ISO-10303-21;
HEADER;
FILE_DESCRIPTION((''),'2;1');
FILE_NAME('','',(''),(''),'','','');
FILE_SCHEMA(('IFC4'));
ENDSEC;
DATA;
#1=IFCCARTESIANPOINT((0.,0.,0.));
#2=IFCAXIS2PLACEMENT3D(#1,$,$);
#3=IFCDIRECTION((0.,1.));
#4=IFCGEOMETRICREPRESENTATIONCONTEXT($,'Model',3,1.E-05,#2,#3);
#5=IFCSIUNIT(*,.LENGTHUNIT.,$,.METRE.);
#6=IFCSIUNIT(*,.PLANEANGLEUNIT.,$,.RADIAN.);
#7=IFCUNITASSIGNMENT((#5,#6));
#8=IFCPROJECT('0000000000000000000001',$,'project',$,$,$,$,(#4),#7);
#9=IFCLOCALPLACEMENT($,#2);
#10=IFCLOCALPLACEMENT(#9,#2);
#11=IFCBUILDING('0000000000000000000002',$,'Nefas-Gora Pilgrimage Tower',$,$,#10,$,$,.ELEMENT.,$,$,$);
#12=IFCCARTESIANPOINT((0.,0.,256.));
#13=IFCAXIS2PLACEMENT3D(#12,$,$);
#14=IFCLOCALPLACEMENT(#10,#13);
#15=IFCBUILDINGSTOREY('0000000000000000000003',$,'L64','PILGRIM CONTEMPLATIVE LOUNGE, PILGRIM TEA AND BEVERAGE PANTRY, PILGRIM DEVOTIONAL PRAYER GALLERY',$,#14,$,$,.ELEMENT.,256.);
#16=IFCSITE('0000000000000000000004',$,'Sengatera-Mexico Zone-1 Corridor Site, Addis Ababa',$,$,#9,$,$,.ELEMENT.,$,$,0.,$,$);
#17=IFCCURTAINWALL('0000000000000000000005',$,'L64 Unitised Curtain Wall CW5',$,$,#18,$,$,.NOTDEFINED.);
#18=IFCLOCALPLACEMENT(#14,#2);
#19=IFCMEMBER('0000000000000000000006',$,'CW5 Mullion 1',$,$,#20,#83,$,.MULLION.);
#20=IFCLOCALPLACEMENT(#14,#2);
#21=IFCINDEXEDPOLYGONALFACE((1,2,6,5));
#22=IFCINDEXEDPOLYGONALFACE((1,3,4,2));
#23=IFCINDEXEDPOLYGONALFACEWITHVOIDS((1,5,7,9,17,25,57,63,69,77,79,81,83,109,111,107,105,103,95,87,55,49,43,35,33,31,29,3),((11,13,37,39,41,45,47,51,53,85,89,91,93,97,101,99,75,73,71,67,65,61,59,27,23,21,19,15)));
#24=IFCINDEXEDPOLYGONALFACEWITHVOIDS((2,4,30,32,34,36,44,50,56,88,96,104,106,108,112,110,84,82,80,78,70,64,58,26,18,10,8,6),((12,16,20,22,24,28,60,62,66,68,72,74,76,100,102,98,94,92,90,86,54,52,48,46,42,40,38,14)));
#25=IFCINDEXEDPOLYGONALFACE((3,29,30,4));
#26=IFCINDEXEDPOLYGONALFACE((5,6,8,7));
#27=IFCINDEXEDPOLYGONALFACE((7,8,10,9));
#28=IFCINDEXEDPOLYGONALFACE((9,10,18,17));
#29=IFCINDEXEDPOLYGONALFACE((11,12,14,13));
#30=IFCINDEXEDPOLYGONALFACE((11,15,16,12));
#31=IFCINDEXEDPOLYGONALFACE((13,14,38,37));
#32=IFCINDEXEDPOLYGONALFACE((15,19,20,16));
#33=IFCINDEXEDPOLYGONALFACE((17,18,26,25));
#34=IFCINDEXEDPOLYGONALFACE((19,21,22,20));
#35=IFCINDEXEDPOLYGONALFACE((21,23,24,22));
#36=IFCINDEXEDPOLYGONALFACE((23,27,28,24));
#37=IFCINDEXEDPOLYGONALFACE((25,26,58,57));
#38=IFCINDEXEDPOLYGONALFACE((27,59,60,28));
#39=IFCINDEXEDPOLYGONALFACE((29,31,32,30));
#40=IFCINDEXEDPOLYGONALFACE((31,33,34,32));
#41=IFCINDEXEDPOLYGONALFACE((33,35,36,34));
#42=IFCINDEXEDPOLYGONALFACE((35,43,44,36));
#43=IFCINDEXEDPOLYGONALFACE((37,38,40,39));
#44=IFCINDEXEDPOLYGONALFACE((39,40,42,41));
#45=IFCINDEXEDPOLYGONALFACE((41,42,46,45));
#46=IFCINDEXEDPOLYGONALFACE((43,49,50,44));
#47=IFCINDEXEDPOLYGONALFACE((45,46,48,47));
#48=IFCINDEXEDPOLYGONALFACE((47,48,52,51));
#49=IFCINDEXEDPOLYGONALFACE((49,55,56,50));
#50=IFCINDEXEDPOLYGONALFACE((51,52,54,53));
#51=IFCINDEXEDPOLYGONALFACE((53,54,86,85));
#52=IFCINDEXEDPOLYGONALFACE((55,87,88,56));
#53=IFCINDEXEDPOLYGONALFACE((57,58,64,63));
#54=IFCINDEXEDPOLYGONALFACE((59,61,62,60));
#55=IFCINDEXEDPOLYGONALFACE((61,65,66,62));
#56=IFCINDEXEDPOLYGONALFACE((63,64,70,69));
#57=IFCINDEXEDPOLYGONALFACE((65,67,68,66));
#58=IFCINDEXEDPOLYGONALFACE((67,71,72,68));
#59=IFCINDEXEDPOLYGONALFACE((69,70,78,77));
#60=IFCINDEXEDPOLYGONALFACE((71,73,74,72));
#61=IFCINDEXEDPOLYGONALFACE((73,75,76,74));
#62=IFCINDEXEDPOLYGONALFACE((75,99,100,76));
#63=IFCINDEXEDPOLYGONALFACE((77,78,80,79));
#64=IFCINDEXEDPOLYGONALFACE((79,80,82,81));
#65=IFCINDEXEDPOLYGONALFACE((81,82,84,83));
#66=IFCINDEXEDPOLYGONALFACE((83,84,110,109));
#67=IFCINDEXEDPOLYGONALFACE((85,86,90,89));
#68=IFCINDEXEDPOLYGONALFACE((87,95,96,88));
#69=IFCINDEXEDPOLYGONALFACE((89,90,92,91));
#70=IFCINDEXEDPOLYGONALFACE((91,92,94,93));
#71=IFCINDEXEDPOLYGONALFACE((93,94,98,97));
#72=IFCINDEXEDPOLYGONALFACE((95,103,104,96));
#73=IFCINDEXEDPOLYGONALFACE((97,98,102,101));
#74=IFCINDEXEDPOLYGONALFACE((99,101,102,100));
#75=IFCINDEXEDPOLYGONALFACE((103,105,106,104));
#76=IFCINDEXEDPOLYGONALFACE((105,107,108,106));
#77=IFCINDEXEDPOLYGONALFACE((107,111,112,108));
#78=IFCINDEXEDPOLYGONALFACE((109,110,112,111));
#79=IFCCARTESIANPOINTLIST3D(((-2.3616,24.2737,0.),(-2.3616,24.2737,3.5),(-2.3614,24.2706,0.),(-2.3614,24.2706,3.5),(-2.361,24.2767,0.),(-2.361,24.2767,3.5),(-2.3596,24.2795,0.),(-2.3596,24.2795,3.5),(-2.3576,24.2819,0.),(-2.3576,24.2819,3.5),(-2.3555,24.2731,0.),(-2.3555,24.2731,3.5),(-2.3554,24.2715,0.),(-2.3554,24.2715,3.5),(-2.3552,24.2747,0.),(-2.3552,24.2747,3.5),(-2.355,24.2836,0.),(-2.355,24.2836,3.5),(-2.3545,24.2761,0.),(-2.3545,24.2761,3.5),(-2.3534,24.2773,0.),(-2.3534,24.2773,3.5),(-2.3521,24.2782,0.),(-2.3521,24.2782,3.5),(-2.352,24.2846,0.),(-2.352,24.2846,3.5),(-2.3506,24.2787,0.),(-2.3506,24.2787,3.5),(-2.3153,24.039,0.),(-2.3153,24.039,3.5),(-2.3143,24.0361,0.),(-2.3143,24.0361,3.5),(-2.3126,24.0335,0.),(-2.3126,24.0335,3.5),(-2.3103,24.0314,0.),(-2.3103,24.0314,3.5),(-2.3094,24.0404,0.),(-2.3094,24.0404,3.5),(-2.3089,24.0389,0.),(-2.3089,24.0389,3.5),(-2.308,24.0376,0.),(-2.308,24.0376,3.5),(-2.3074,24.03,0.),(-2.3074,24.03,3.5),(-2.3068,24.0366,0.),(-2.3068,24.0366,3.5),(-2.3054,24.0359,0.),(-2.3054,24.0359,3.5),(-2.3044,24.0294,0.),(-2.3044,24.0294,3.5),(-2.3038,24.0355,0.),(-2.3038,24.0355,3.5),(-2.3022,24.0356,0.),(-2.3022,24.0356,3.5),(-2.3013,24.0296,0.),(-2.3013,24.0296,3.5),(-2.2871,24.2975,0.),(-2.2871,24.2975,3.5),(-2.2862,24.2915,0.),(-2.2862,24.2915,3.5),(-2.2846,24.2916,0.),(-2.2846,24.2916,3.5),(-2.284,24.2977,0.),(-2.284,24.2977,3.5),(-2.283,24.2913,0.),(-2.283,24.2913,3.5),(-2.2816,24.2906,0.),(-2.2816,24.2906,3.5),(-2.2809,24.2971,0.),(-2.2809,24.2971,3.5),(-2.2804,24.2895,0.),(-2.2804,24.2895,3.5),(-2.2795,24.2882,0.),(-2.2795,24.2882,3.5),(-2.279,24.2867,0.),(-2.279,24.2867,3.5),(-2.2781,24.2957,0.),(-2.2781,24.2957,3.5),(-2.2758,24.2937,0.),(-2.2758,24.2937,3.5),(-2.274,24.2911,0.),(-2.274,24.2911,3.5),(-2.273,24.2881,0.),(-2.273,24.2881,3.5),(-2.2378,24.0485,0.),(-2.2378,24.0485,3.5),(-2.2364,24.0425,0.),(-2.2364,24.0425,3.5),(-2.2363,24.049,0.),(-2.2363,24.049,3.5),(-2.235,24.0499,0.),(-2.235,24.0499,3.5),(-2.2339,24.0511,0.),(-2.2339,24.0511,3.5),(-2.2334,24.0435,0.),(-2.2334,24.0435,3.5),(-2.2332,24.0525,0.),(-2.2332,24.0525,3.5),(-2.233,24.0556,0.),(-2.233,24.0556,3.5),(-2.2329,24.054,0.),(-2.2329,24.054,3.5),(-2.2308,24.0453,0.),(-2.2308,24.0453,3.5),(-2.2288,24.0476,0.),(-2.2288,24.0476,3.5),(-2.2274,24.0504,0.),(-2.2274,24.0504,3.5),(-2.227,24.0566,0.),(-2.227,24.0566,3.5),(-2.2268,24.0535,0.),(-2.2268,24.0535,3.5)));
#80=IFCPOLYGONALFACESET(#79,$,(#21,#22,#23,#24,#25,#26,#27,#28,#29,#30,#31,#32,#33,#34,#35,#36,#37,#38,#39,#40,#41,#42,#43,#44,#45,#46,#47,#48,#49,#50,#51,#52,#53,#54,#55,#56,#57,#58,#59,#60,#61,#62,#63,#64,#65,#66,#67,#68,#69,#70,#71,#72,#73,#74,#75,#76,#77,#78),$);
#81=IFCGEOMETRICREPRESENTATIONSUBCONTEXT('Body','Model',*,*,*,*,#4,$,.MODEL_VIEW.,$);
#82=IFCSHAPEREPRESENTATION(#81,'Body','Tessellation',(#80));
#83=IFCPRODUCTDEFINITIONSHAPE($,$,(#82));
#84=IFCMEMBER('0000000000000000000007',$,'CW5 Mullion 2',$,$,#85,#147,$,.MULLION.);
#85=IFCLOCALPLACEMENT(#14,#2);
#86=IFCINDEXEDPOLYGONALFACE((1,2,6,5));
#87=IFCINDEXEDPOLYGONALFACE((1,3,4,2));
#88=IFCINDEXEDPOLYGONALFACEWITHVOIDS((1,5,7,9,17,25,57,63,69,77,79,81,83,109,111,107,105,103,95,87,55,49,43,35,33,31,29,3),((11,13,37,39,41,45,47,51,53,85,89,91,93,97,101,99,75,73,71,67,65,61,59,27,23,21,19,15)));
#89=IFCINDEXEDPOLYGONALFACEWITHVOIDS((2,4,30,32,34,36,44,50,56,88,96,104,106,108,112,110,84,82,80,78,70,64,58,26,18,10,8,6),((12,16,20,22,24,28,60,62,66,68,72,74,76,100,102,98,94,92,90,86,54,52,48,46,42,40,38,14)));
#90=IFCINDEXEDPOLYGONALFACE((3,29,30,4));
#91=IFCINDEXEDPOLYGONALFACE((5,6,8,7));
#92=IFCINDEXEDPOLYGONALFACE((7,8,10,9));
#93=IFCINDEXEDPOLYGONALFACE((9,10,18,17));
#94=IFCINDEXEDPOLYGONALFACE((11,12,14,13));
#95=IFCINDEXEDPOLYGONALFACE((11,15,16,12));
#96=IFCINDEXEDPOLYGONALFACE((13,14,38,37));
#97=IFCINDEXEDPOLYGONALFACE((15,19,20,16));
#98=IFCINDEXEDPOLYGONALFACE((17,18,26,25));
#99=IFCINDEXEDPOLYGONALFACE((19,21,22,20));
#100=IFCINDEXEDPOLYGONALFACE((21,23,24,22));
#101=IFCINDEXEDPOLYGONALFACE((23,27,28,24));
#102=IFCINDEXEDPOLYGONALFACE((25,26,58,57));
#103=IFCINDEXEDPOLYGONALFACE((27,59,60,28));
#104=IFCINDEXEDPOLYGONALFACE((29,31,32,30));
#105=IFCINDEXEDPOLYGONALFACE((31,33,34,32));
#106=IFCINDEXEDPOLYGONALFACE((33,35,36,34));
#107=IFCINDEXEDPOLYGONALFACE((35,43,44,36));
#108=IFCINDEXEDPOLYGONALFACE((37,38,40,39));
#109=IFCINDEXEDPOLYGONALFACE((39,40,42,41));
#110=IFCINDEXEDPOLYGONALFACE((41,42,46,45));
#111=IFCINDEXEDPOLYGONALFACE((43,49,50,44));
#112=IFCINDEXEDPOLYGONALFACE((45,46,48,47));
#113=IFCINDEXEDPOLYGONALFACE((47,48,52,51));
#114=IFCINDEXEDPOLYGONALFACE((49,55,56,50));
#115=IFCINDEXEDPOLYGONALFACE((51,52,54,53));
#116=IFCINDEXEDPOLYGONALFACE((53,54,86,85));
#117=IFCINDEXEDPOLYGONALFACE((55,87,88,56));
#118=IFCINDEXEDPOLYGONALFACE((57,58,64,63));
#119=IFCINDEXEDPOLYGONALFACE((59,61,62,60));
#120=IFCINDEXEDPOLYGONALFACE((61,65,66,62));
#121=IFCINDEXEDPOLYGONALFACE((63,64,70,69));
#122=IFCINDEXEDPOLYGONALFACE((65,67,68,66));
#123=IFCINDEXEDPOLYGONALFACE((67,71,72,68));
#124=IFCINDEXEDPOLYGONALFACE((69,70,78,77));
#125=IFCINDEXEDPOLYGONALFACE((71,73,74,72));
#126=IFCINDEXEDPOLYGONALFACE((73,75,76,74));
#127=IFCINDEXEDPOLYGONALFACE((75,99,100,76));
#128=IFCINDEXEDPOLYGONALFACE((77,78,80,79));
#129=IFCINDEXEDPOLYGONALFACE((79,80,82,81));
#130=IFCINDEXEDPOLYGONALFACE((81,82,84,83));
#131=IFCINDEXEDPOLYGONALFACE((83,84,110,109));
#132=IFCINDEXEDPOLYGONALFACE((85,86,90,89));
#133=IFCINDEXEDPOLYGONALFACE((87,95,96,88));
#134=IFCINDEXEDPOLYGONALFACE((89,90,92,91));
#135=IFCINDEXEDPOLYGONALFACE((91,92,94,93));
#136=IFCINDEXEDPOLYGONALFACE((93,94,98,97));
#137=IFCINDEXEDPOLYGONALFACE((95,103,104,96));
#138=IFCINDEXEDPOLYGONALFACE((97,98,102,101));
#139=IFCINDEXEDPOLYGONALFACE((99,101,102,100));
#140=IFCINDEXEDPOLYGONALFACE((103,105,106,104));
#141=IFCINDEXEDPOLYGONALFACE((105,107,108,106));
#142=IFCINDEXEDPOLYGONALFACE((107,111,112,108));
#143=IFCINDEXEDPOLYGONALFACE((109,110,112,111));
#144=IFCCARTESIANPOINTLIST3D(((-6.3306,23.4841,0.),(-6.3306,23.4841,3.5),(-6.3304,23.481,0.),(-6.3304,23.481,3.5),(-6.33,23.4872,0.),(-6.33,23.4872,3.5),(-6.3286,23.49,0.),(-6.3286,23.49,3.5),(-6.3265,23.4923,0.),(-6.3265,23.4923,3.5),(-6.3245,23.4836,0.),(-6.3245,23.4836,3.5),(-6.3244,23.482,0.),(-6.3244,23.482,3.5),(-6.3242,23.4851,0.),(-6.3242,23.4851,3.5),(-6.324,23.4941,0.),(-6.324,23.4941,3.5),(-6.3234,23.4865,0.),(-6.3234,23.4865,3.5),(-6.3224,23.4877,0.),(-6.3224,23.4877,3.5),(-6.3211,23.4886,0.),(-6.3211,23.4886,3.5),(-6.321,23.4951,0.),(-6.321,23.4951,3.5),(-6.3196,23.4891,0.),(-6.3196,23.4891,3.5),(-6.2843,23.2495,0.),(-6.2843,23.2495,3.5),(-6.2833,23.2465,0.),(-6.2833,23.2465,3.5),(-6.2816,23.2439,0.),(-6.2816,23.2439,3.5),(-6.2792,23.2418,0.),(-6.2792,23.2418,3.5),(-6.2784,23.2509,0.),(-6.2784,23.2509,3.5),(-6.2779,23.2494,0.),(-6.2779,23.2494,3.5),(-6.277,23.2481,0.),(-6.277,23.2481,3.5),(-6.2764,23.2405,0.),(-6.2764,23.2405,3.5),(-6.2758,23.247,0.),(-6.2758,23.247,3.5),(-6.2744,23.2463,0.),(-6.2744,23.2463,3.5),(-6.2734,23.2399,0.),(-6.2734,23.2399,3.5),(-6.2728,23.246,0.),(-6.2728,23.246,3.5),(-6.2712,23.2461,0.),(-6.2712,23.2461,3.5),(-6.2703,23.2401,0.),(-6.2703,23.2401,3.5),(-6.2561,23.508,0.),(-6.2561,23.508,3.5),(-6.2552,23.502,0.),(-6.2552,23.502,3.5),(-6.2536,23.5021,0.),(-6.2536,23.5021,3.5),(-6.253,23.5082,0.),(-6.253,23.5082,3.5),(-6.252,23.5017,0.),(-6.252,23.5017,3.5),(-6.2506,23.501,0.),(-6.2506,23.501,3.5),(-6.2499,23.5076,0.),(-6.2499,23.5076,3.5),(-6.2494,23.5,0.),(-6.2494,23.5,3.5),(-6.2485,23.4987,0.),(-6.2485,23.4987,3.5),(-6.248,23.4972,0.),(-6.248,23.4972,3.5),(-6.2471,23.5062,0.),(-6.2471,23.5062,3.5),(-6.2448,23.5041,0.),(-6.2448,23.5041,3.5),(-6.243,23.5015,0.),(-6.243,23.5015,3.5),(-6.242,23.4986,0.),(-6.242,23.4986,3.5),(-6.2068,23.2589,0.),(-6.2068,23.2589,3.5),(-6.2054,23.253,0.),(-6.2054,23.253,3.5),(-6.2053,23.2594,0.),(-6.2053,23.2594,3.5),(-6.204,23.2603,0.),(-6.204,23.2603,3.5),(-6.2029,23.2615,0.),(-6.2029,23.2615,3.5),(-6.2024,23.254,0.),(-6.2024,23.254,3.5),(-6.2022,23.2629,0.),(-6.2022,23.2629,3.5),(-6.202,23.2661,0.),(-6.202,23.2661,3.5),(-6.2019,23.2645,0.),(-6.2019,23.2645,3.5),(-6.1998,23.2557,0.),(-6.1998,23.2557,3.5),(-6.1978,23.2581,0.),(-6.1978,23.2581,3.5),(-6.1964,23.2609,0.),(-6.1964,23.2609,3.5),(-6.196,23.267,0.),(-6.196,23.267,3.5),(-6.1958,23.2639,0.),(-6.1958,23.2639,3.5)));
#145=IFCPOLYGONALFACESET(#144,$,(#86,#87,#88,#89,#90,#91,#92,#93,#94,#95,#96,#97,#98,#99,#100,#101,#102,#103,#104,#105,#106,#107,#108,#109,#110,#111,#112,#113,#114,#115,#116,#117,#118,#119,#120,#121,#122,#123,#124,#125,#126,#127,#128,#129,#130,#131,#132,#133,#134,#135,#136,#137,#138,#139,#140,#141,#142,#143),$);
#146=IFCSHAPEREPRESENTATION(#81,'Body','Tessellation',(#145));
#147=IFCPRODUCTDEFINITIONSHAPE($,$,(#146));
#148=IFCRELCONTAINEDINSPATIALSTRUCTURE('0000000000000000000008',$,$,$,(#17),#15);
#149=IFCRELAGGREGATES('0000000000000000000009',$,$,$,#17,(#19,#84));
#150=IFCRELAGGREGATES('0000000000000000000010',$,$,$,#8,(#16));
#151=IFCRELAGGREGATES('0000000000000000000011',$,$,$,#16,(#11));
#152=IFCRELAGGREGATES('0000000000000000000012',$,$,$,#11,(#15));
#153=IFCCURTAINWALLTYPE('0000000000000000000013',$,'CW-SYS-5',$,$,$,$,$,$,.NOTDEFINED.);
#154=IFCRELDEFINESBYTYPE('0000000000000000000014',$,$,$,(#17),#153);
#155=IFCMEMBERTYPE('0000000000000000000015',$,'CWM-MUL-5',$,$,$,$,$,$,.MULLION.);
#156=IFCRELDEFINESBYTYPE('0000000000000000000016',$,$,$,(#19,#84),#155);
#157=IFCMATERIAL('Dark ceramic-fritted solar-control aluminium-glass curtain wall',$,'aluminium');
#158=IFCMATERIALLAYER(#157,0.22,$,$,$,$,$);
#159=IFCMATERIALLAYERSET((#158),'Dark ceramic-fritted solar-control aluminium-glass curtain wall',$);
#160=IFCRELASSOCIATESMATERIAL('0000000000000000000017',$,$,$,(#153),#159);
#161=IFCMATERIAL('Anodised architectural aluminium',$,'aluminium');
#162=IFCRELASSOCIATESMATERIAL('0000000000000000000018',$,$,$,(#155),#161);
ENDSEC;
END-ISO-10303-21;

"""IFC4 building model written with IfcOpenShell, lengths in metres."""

from ifc_helpers import new_model, si_unit, direction, frame, origin, origin_2d, place, context, subcontext, project, spatial, hollow_rectangle, extrude, source, transform, mapped, material, layer, layer_set, material_profile, profile_set, type_object, element, aggregate, save


model = new_model("IFC4")

# Units and contexts
model_context = context("Model", 3, precision=1e-05, world=origin(), true_north=direction((0.0, 1.0)))
body_context = subcontext(model_context, "Body", "Model", "MODEL_VIEW")
ifc_project = project(units=[si_unit("LENGTHUNIT", "METRE"), si_unit("PLANEANGLEUNIT", "RADIAN")], contexts=[model_context])

# Site, building, storey
site_placement = place(None, origin())
site = spatial("IfcSite", under=ifc_project, at=site_placement, Name="Sengatera-Mexico Zone-1 Corridor Site, Addis Ababa", CompositionType="ELEMENT", RefElevation=0.0)
building_placement = place(site_placement, origin())
building = spatial("IfcBuilding", under=site, at=building_placement, Name="Nefas-Gora Pilgrimage Tower", CompositionType="ELEMENT")
storey_placement = place(building_placement, frame((0.0, 0.0, 256.0)))
storey = spatial("IfcBuildingStorey", under=building, at=storey_placement, Name="L64", Description="PILGRIM CONTEMPLATIVE LOUNGE, PILGRIM TEA AND BEVERAGE PANTRY, PILGRIM DEVOTIONAL PRAYER GALLERY", CompositionType="ELEMENT", Elevation=256.0)

# Shared definitions
ifc_material_1 = material(Name="Dark ceramic-fritted solar-control aluminium-glass curtain wall", Category="aluminium")
ifc_layer_1 = layer(ifc_material_1, 0.22)
ifc_layer_set_1 = layer_set([ifc_layer_1], Name="Dark ceramic-fritted solar-control aluminium-glass curtain wall")
curtain_wall_type = type_object("IfcCurtainWallType", Name="CW-SYS-5", PredefinedType="NOTDEFINED", material=ifc_layer_set_1)
ifc_material_2 = material(Name="Anodised architectural aluminium", Category="aluminium")

# Curtain wall, members
curtain_wall_1_placement = place(storey_placement, origin())
curtain_wall_1 = element("IfcCurtainWall", 1, at=curtain_wall_1_placement, inside=storey, type_object=curtain_wall_type, Name="L64 Unitised Curtain Wall CW5", PredefinedType="NOTDEFINED")
ifc_material_profile_1 = material_profile(ifc_material_2, hollow_rectangle(XDim=0.0901, YDim=0.26, WallThickness=0.0061, InnerFilletRadius=0.0061, OuterFilletRadius=0.012, at=origin_2d()), Name="ALU MULLION 90x260")
ifc_profile_set_1 = profile_set([ifc_material_profile_1], Name="Anodised architectural aluminium")
member_type_1 = type_object("IfcMemberType", Name="CWM-MUL-5", PredefinedType="MULLION", material=ifc_profile_set_1)
shared_shape_1 = source(origin(), body_context, "Body", "SweptSolid", [
    extrude(hollow_rectangle(XDim=0.0901, YDim=0.26, WallThickness=0.0061, InnerFilletRadius=0.0061, OuterFilletRadius=0.012, at=origin_2d()), origin(), (0.0, 0.0, 1.0), 3.5),
])
member_1_placement = place(storey_placement, frame((-2.2942, 24.1636, 0.0), z_axis=(0.0, 0.0, 1.0), x_axis=(-0.980783, -0.195102, 0.0)))
member_1 = element("IfcMember", 2, at=member_1_placement, type_object=member_type_1, Name="CW5 Mullion 1", PredefinedType="MULLION", context=body_context, shape_type="MappedRepresentation", body=[
    mapped(shared_shape_1, transform((0.0, 0.0, 0.0), x_axis=(1.0, 0.0, 0.0), y_axis=(0.0, 1.0, 0.0), z_axis=(0.0, 0.0, 1.0), scale=1.0)),
])
member_2_placement = place(storey_placement, frame((-6.2632, 23.374, 0.0), z_axis=(0.0, 0.0, 1.0), x_axis=(-0.980783, -0.195102, 0.0)))
member_2 = element("IfcMember", 3, at=member_2_placement, type_object=member_type_1, Name="CW5 Mullion 2", PredefinedType="MULLION", context=body_context, shape_type="MappedRepresentation", body=[
    mapped(shared_shape_1, transform((0.0, 0.0, 0.0), x_axis=(1.0, 0.0, 0.0), y_axis=(0.0, 1.0, 0.0), z_axis=(0.0, 0.0, 1.0), scale=1.0)),
])

aggregate(curtain_wall_1, [member_1, member_2])

save(model, "model.ifc")
